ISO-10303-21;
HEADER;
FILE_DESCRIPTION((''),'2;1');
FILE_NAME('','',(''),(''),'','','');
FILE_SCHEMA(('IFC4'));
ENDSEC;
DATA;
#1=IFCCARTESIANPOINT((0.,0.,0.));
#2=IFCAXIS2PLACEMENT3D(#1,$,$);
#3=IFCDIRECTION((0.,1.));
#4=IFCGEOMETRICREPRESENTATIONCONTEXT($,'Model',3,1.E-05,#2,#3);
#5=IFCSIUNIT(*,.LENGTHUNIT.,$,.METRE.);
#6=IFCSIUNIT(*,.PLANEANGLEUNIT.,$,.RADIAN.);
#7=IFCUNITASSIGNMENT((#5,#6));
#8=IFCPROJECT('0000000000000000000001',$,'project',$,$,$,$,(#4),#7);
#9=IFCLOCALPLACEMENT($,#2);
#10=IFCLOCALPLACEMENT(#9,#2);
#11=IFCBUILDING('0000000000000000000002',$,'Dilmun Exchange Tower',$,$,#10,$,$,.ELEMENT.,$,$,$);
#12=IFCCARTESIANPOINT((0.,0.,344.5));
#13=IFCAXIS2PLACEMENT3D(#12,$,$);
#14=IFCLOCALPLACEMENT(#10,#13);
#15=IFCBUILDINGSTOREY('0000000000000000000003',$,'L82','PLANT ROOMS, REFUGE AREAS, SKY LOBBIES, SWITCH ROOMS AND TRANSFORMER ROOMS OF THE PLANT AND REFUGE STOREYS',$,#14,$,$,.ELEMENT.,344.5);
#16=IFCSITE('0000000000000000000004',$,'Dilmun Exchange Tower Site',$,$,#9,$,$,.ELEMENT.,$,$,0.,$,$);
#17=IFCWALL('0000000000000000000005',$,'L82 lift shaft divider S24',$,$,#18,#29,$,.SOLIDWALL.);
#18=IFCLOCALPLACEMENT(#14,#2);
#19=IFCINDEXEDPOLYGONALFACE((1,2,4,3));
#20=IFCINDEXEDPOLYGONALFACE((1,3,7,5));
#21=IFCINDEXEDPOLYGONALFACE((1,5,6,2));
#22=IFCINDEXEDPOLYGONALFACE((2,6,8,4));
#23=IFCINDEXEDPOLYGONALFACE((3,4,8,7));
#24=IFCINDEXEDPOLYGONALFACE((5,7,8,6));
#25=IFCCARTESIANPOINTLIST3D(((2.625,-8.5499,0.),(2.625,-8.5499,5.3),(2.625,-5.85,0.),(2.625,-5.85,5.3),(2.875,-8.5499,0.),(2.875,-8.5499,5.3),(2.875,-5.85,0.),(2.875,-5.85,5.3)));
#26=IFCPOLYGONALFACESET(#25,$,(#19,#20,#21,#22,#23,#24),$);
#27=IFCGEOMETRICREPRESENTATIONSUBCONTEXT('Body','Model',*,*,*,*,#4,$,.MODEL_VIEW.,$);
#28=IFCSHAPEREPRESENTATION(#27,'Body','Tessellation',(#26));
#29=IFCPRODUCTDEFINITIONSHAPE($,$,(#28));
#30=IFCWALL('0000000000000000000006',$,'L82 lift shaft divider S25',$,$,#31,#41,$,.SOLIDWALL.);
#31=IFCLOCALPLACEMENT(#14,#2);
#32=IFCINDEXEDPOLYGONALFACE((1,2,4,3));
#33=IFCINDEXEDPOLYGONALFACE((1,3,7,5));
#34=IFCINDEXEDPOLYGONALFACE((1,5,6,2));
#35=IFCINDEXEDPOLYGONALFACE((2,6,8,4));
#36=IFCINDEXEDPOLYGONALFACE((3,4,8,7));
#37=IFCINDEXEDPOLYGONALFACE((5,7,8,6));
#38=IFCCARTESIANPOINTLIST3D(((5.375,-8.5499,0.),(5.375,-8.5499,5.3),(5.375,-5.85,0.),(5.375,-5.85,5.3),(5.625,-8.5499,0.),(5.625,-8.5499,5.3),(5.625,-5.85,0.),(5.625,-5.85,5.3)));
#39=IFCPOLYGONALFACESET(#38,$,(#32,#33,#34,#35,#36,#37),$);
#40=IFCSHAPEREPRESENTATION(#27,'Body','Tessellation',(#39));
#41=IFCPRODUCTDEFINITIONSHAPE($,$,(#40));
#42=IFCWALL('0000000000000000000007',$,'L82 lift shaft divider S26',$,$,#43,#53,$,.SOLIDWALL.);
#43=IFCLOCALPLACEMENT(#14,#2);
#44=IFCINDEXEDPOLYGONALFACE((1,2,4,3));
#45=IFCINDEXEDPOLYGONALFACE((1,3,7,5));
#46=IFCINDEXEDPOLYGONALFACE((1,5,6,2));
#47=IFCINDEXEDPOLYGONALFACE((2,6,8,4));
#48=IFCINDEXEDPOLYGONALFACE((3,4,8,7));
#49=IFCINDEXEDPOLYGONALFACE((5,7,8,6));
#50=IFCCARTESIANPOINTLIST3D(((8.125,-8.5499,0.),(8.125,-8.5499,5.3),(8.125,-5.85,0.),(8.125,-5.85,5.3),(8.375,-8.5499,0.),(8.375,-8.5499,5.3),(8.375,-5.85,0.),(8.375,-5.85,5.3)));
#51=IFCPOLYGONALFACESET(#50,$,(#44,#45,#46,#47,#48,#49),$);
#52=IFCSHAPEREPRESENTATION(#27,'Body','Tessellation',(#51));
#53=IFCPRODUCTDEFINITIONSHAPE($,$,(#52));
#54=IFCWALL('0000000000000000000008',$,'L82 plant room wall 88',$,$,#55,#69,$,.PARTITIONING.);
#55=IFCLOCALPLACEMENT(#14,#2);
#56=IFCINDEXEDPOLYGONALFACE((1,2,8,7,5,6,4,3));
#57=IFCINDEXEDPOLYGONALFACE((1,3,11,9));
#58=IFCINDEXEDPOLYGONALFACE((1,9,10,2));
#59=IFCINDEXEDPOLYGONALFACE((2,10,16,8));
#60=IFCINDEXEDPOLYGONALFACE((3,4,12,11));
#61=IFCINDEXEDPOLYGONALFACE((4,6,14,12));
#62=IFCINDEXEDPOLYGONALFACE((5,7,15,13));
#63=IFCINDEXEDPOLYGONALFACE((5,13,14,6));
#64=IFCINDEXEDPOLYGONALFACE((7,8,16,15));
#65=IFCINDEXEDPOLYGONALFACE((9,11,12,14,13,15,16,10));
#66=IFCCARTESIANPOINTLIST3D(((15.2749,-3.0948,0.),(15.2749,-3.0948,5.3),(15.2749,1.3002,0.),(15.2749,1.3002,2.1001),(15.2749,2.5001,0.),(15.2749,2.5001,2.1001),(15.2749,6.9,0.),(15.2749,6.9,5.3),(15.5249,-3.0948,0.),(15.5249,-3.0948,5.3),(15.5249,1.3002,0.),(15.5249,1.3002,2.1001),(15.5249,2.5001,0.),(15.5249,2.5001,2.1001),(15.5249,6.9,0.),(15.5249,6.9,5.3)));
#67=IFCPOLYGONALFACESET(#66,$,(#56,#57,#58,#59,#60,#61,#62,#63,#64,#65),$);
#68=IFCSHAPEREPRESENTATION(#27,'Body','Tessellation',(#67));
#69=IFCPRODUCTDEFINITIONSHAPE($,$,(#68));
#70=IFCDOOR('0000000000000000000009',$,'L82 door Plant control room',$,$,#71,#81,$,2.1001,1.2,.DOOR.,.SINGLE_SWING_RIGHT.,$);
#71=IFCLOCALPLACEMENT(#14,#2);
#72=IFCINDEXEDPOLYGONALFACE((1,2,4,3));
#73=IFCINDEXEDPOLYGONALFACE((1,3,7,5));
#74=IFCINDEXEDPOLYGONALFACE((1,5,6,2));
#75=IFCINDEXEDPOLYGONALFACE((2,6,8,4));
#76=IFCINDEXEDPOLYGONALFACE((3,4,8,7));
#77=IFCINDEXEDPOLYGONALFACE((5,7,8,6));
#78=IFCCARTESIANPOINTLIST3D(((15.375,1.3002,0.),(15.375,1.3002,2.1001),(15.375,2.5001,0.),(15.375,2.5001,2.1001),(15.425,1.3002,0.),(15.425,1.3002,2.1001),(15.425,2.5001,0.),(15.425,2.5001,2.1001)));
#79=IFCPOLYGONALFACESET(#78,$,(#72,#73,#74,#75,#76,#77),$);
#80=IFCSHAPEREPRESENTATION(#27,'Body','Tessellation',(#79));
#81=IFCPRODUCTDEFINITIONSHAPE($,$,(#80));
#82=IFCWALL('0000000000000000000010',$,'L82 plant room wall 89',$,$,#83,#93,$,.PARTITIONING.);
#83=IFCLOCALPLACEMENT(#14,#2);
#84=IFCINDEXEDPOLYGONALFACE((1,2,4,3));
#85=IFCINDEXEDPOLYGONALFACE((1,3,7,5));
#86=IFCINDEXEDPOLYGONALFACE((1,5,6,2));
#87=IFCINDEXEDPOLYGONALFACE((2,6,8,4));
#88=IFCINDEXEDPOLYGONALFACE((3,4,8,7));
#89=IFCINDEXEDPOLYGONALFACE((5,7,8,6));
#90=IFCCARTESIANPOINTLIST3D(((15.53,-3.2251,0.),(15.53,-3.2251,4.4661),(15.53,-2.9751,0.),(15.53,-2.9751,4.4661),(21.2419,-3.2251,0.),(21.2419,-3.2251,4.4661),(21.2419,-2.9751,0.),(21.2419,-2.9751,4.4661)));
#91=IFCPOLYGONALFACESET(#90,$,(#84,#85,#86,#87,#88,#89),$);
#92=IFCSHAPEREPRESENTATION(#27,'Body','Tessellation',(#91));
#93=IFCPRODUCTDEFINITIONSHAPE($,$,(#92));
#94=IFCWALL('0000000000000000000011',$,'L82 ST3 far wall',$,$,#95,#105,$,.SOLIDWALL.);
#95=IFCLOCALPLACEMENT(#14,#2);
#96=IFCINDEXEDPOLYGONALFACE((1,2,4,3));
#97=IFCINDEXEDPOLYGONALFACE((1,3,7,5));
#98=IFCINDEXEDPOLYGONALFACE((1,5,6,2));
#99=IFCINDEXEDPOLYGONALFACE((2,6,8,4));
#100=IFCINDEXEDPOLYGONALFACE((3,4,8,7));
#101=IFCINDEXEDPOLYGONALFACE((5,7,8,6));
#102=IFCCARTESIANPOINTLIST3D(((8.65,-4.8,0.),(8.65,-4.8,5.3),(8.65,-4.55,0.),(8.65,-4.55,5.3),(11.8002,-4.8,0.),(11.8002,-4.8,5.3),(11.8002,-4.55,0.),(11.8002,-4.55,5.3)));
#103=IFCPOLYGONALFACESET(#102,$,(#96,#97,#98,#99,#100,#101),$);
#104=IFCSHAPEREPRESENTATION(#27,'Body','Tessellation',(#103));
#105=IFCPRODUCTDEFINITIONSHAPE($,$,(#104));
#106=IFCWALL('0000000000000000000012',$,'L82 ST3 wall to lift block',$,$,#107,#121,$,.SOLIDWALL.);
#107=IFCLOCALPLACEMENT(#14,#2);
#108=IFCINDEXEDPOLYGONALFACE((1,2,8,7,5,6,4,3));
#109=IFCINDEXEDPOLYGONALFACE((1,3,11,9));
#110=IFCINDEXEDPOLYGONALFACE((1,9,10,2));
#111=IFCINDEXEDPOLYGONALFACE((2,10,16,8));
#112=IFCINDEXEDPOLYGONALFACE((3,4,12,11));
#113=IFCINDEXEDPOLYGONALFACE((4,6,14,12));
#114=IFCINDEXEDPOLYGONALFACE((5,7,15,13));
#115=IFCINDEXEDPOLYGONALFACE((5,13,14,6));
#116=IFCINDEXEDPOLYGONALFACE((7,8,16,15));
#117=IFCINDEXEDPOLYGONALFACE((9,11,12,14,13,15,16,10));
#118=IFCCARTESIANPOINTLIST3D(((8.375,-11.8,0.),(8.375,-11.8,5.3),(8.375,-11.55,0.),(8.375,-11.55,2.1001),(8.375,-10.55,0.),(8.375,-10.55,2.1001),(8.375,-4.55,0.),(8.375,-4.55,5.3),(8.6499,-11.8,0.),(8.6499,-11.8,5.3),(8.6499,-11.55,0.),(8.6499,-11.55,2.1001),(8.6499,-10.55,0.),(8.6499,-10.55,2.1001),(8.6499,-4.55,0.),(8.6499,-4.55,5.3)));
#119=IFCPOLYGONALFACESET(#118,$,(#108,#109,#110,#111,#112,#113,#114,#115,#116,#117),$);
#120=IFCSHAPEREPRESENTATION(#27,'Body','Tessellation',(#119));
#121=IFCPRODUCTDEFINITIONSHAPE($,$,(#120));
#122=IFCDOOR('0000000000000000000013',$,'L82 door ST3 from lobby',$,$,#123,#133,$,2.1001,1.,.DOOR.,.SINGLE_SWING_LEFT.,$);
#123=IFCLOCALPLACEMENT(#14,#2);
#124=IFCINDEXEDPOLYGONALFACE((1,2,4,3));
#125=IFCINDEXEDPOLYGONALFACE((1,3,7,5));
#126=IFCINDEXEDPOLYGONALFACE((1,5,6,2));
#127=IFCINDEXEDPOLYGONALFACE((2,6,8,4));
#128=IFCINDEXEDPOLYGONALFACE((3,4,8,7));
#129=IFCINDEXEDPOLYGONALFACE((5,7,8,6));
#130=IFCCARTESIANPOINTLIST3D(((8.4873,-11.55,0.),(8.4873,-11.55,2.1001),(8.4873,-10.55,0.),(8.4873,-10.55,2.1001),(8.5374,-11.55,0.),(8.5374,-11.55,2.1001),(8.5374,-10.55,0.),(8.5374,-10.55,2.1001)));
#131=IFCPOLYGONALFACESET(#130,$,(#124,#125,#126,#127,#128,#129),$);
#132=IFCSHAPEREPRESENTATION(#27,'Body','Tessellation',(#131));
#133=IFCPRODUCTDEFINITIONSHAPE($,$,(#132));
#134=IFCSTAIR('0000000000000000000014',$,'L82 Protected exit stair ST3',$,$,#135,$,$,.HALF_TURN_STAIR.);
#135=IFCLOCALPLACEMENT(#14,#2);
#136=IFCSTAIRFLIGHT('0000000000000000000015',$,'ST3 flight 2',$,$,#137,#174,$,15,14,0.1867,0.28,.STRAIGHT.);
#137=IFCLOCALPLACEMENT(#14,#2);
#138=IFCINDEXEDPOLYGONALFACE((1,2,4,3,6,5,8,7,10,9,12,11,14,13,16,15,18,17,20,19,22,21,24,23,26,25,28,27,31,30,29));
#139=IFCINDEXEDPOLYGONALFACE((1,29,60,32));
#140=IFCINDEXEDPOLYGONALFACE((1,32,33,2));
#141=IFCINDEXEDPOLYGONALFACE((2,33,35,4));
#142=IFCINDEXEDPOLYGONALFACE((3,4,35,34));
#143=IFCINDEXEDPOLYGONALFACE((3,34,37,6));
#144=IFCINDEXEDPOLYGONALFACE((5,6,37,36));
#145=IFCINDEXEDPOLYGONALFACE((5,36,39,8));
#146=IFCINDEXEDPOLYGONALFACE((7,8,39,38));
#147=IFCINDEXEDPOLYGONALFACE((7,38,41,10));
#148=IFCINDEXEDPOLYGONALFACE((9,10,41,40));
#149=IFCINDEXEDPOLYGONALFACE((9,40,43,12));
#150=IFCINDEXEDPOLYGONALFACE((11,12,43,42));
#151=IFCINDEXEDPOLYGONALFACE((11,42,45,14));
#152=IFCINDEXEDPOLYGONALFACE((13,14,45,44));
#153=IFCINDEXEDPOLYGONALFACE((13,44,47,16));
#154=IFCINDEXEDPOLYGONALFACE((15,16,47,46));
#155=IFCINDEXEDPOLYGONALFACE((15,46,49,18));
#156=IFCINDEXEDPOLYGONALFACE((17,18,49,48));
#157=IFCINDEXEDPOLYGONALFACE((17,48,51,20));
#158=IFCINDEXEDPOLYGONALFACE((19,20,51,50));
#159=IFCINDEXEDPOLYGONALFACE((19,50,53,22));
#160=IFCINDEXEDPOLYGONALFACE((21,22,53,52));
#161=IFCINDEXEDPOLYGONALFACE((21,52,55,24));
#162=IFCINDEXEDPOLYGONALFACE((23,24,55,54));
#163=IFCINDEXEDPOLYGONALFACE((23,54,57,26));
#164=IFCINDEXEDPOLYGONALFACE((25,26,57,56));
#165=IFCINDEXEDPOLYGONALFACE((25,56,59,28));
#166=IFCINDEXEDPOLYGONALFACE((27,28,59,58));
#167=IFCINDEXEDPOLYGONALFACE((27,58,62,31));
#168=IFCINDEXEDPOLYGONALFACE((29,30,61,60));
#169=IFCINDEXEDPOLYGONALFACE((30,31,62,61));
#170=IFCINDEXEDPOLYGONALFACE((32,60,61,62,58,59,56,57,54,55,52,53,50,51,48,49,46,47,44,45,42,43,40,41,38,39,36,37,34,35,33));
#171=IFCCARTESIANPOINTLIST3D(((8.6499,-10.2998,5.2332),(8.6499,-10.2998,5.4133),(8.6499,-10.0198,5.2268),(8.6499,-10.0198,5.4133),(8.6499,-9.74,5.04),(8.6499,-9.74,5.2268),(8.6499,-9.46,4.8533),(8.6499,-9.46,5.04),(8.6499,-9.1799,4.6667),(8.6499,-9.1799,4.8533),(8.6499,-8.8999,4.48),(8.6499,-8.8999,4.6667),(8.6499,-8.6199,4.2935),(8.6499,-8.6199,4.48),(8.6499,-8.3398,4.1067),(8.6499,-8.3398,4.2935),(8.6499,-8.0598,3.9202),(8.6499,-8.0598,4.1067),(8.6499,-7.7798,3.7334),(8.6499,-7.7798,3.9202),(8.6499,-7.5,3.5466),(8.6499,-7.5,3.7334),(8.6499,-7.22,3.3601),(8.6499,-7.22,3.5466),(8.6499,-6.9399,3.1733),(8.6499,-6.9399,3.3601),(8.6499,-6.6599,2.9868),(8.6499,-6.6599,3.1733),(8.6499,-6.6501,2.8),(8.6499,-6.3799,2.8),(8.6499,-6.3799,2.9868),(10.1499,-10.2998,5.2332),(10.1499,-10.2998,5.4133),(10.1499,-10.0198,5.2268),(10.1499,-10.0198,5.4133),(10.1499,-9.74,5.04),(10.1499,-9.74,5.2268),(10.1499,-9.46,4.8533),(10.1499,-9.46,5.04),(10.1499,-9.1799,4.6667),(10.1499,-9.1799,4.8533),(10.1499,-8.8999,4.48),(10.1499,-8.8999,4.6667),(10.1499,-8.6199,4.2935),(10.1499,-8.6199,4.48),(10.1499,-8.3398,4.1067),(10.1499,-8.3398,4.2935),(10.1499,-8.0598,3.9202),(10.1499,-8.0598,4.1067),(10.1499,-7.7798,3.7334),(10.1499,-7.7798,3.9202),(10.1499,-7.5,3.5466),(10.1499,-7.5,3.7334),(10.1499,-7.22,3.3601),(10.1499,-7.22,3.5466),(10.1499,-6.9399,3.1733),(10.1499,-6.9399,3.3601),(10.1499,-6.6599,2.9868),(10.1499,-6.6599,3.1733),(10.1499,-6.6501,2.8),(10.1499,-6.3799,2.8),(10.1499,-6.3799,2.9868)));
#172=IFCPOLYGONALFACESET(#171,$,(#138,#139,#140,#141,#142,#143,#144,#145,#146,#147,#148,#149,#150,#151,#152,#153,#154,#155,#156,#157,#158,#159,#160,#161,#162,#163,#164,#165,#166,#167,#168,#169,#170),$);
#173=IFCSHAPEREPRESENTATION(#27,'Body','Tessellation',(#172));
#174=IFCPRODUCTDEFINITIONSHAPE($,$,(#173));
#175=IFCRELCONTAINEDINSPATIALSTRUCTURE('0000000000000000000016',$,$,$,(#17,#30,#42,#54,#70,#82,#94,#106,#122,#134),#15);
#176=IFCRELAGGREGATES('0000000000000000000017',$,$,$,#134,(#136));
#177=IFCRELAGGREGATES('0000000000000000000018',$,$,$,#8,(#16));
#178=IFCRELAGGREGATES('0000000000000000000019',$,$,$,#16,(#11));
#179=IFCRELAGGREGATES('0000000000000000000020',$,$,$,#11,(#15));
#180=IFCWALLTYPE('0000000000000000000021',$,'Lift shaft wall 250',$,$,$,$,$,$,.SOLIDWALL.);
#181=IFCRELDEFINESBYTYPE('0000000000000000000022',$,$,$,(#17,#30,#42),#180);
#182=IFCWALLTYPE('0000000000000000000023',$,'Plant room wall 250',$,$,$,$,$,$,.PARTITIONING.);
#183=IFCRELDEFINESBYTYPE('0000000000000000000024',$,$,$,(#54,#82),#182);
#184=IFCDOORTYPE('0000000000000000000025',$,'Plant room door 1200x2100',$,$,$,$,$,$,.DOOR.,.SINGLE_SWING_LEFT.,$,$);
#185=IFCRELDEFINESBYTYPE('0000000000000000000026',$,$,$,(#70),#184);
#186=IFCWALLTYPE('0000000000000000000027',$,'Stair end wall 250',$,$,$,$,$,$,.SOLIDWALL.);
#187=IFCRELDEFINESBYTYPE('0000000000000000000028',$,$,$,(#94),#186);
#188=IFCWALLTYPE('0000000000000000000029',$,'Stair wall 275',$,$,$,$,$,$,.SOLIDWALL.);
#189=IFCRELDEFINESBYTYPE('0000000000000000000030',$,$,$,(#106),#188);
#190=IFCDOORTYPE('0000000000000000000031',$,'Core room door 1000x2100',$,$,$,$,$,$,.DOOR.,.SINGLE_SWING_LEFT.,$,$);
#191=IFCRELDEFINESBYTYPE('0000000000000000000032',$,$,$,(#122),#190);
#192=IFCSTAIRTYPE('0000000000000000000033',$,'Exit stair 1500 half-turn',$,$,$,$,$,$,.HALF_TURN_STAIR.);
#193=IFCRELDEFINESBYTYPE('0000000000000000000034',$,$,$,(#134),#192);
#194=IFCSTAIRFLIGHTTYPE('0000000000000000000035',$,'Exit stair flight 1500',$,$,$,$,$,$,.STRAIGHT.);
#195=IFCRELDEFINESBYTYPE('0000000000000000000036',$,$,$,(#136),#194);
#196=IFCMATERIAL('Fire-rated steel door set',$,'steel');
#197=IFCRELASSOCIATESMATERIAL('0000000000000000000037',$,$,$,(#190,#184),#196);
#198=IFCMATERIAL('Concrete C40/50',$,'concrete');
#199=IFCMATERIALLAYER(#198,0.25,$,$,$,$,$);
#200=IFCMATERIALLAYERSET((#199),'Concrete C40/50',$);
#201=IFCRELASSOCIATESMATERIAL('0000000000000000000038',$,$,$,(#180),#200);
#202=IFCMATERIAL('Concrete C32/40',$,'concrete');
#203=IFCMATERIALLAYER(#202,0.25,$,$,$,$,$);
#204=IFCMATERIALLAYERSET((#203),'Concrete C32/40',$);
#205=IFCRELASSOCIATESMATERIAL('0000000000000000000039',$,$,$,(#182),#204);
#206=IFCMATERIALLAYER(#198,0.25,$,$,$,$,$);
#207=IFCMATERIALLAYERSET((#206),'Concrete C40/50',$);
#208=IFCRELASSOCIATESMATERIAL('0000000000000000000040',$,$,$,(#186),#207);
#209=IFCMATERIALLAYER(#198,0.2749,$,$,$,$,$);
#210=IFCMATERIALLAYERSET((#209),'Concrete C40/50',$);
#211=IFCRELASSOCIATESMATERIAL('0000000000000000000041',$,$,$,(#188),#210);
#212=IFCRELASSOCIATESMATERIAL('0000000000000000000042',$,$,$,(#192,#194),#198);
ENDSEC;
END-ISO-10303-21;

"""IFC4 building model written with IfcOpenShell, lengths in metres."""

from ifc_helpers import new_model, si_unit, direction, frame, frame_2d, origin, place, context, subcontext, project, spatial, polyline, rectangle, outline, extrude, material, layer, layer_set, type_object, element, fill, aggregate, save


model = new_model("IFC4")

# Units and contexts
model_context = context("Model", 3, precision=1e-05, world=origin(), true_north=direction((0.0, 1.0)))
body_context = subcontext(model_context, "Body", "Model", "MODEL_VIEW")
ifc_project = project(units=[si_unit("LENGTHUNIT", "METRE"), si_unit("PLANEANGLEUNIT", "RADIAN")], contexts=[model_context])

# Site, building, storey
site_placement = place(None, origin())
site = spatial("IfcSite", under=ifc_project, at=site_placement, Name="Dilmun Exchange Tower Site", CompositionType="ELEMENT", RefElevation=0.0)
building_placement = place(site_placement, origin())
building = spatial("IfcBuilding", under=site, at=building_placement, Name="Dilmun Exchange Tower", CompositionType="ELEMENT")
storey_placement = place(building_placement, frame((0.0, 0.0, 344.5)))
storey = spatial("IfcBuildingStorey", under=building, at=storey_placement, Name="L82", Description="PLANT ROOMS, REFUGE AREAS, SKY LOBBIES, SWITCH ROOMS AND TRANSFORMER ROOMS OF THE PLANT AND REFUGE STOREYS", CompositionType="ELEMENT", Elevation=344.5)

# Shared definitions
ifc_material_1 = material(Name="Concrete C40/50", Category="concrete")

# Shared definitions
ifc_material_2 = material(Name="Fire-rated steel door set", Category="steel")

# Shared definitions
door_type_1 = type_object("IfcDoorType", Name="Core room door 1000x2100", OperationType="SINGLE_SWING_LEFT", PredefinedType="DOOR", material=ifc_material_2)

# Walls
ifc_layer_1 = layer(ifc_material_1, 0.25)
ifc_layer_set_1 = layer_set([ifc_layer_1], Name="Concrete C40/50")
wall_type_1 = type_object("IfcWallType", Name="Lift shaft wall 250", PredefinedType="SOLIDWALL", material=ifc_layer_set_1)
for number, where, z_axis, x_axis, name in (
    (1, (2.75, -8.55, 0.0), (0.0, 0.0, 1.0), (0.0, 1.0, 0.0), "L82 lift shaft divider S24"),
    (2, (5.5, -8.55, 0.0), (0.0, 0.0, 1.0), (0.0, 1.0, 0.0), "L82 lift shaft divider S25"),
    (3, (8.25, -8.55, 0.0), (0.0, 0.0, 1.0), (0.0, 1.0, 0.0), "L82 lift shaft divider S26"),
):
    element("IfcWall", number, at=place(storey_placement, frame(where, z_axis=z_axis, x_axis=x_axis)), inside=storey, type_object=wall_type_1, Name=name, PredefinedType="SOLIDWALL", context=body_context, shape_type="SweptSolid", body=[
        extrude(rectangle(XDim=2.7, YDim=0.25, at=frame_2d((1.3501, 0.0))), origin(), (0.0, 0.0, 1.0), 5.3),
    ])

# Wall, opening, door
ifc_material_3 = material(Name="Concrete C32/40", Category="concrete")
ifc_layer_2 = layer(ifc_material_3, 0.25)
ifc_layer_set_2 = layer_set([ifc_layer_2], Name="Concrete C32/40")
wall_type_2 = type_object("IfcWallType", Name="Plant room wall 250", PredefinedType="PARTITIONING", material=ifc_layer_set_2)
wall_1_placement = place(storey_placement, frame((15.3999, -3.095, 0.0), z_axis=(0.0, 0.0, 1.0), x_axis=(0.0, 1.0, 0.0)))
wall_1 = element("IfcWall", 4, at=wall_1_placement, inside=storey, type_object=wall_type_2, Name="L82 plant room wall 88", PredefinedType="PARTITIONING", context=body_context, shape_type="SweptSolid", body=[
    extrude(rectangle(XDim=9.9949, YDim=0.25, at=frame_2d((4.9976, 0.0))), origin(), (0.0, 0.0, 1.0), 5.3),
])
opening_1_placement = place(wall_1_placement, frame((4.395, 0.0, 0.0)))
opening_1 = element("IfcOpeningElement", 5, at=opening_1_placement, cuts=wall_1, PredefinedType="OPENING", context=body_context, shape_type="SweptSolid", body=[
    extrude(rectangle(XDim=1.2, YDim=2.1001, at=frame_2d((0.6001, 1.05))), frame((0.0, 0.135, 0.0), z_axis=(0.0, -1.0, 0.0), x_axis=(1.0, 0.0, 0.0)), (0.0, 0.0, 1.0), 0.27),
])
door_type_2 = type_object("IfcDoorType", Name="Plant room door 1200x2100", OperationType="SINGLE_SWING_LEFT", PredefinedType="DOOR", material=ifc_material_2)
door_1_placement = place(opening_1_placement, origin())
door_1 = element("IfcDoor", 6, at=door_1_placement, inside=storey, type_object=door_type_2, Name="L82 door Plant control room", OperationType="SINGLE_SWING_RIGHT", OverallHeight=2.1001, OverallWidth=1.2, PredefinedType="DOOR", context=body_context, shape_type="SweptSolid", body=[
    extrude(rectangle(XDim=1.2, YDim=2.1001, at=frame_2d((0.6001, 1.05))), frame((0.0, 0.0249, 0.0), z_axis=(0.0, -1.0, 0.0), x_axis=(1.0, 0.0, 0.0)), (0.0, 0.0, 1.0), 0.05),
])
fill(opening_1, door_1)

# Walls
wall_2_placement = place(storey_placement, frame((15.53, -3.1001, 0.0), z_axis=(0.0, 0.0, 1.0), x_axis=(1.0, 0.0, 0.0)))
element("IfcWall", 7, at=wall_2_placement, inside=storey, type_object=wall_type_2, Name="L82 plant room wall 89", PredefinedType="PARTITIONING", context=body_context, shape_type="SweptSolid", body=[
    extrude(rectangle(XDim=5.7119, YDim=0.25, at=frame_2d((2.856, 0.0))), origin(), (0.0, 0.0, 1.0), 4.4661),
])
ifc_layer_3 = layer(ifc_material_1, 0.25)
ifc_layer_set_3 = layer_set([ifc_layer_3], Name="Concrete C40/50")
wall_type_3 = type_object("IfcWallType", Name="Stair end wall 250", PredefinedType="SOLIDWALL", material=ifc_layer_set_3)
wall_3_placement = place(storey_placement, frame((8.6499, -4.675, 0.0), z_axis=(0.0, 0.0, 1.0), x_axis=(1.0, 0.0, 0.0)))
element("IfcWall", 8, at=wall_3_placement, inside=storey, type_object=wall_type_3, Name="L82 ST3 far wall", PredefinedType="SOLIDWALL", context=body_context, shape_type="SweptSolid", body=[
    extrude(rectangle(XDim=3.1501, YDim=0.25, at=frame_2d((1.5752, 0.0))), origin(), (0.0, 0.0, 1.0), 5.3),
])

# Wall, opening, door
ifc_layer_4 = layer(ifc_material_1, 0.2749)
ifc_layer_set_4 = layer_set([ifc_layer_4], Name="Concrete C40/50")
wall_type_4 = type_object("IfcWallType", Name="Stair wall 275", PredefinedType="SOLIDWALL", material=ifc_layer_set_4)
wall_4_placement = place(storey_placement, frame((8.5125, -4.55, 0.0), z_axis=(0.0, 0.0, 1.0), x_axis=(0.0, -1.0, 0.0)))
wall_4 = element("IfcWall", 9, at=wall_4_placement, inside=storey, type_object=wall_type_4, Name="L82 ST3 wall to lift block", PredefinedType="SOLIDWALL", context=body_context, shape_type="SweptSolid", body=[
    extrude(rectangle(XDim=7.25, YDim=0.2749, at=frame_2d((3.625, 0.0))), origin(), (0.0, 0.0, 1.0), 5.3),
])
opening_2_placement = place(wall_4_placement, frame((6.0, 0.0, 0.0)))
opening_2 = element("IfcOpeningElement", 10, at=opening_2_placement, cuts=wall_4, PredefinedType="OPENING", context=body_context, shape_type="SweptSolid", body=[
    extrude(rectangle(XDim=1.0, YDim=2.1001, at=frame_2d((0.5, 1.05))), frame((0.0, 0.1475, 0.0), z_axis=(0.0, -1.0, 0.0), x_axis=(1.0, 0.0, 0.0)), (0.0, 0.0, 1.0), 0.2949),
])
door_2_placement = place(opening_2_placement, origin())
door_2 = element("IfcDoor", 11, at=door_2_placement, inside=storey, type_object=door_type_1, Name="L82 door ST3 from lobby", OperationType="SINGLE_SWING_LEFT", OverallHeight=2.1001, OverallWidth=1.0, PredefinedType="DOOR", context=body_context, shape_type="SweptSolid", body=[
    extrude(rectangle(XDim=1.0, YDim=2.1001, at=frame_2d((0.5, 1.05))), frame((0.0, 0.0249, 0.0), z_axis=(0.0, -1.0, 0.0), x_axis=(1.0, 0.0, 0.0)), (0.0, 0.0, 1.0), 0.05),
])
fill(opening_2, door_2)

# Stair, stair flight
stair_type = type_object("IfcStairType", Name="Exit stair 1500 half-turn", PredefinedType="HALF_TURN_STAIR", material=ifc_material_1)
stair_placement = place(storey_placement, origin())
stair = element("IfcStair", 12, at=stair_placement, inside=storey, type_object=stair_type, Name="L82 Protected exit stair ST3", PredefinedType="HALF_TURN_STAIR")
stair_flight_type = type_object("IfcStairFlightType", Name="Exit stair flight 1500", PredefinedType="STRAIGHT", material=ifc_material_1)
stair_flight_placement = place(storey_placement, frame((9.3999, -6.3799, 2.8), z_axis=(0.0, 0.0, 1.0), x_axis=(0.0, -1.0, 0.0)))
stair_flight = element("IfcStairFlight", 13, at=stair_flight_placement, type_object=stair_flight_type, Name="ST3 flight 2", NumberOfRisers=15, NumberOfTreads=14, PredefinedType="STRAIGHT", RiserHeight=0.1867, TreadLength=0.28, context=body_context, shape_type="SweptSolid", body=[
    extrude(outline(polyline([(0.0, 0.0), (0.0, 0.1868), (0.28, 0.1868), (0.28, 0.3733), (0.5601, 0.3733), (0.5601, 0.5601), (0.8401, 0.5601), (0.8401, 0.7466), (1.1201, 0.7466), (1.1201, 0.9333), (1.3999, 0.9333), (1.3999, 1.1201), (1.6799, 1.1201), (1.6799, 1.3066), (1.96, 1.3066), (1.96, 1.4934), (2.24, 1.4934), (2.24, 1.6799), (2.52, 1.6799), (2.52, 1.8667), (2.8, 1.8667), (2.8, 2.0532), (3.0801, 2.0532), (3.0801, 2.24), (3.3601, 2.24), (3.3601, 2.4268), (3.6399, 2.4268), (3.6399, 2.6133), (3.9199, 2.6133), (3.9199, 2.8), (3.9199, 2.4331), (0.2703, 0.0), (0.0, 0.0)])), frame((0.0, 0.75, 0.0), z_axis=(0.0, -1.0, 0.0), x_axis=(1.0, 0.0, 0.0)), (0.0, 0.0, 1.0), 1.5),
])
aggregate(stair, [stair_flight])

save(model, "model.ifc")
